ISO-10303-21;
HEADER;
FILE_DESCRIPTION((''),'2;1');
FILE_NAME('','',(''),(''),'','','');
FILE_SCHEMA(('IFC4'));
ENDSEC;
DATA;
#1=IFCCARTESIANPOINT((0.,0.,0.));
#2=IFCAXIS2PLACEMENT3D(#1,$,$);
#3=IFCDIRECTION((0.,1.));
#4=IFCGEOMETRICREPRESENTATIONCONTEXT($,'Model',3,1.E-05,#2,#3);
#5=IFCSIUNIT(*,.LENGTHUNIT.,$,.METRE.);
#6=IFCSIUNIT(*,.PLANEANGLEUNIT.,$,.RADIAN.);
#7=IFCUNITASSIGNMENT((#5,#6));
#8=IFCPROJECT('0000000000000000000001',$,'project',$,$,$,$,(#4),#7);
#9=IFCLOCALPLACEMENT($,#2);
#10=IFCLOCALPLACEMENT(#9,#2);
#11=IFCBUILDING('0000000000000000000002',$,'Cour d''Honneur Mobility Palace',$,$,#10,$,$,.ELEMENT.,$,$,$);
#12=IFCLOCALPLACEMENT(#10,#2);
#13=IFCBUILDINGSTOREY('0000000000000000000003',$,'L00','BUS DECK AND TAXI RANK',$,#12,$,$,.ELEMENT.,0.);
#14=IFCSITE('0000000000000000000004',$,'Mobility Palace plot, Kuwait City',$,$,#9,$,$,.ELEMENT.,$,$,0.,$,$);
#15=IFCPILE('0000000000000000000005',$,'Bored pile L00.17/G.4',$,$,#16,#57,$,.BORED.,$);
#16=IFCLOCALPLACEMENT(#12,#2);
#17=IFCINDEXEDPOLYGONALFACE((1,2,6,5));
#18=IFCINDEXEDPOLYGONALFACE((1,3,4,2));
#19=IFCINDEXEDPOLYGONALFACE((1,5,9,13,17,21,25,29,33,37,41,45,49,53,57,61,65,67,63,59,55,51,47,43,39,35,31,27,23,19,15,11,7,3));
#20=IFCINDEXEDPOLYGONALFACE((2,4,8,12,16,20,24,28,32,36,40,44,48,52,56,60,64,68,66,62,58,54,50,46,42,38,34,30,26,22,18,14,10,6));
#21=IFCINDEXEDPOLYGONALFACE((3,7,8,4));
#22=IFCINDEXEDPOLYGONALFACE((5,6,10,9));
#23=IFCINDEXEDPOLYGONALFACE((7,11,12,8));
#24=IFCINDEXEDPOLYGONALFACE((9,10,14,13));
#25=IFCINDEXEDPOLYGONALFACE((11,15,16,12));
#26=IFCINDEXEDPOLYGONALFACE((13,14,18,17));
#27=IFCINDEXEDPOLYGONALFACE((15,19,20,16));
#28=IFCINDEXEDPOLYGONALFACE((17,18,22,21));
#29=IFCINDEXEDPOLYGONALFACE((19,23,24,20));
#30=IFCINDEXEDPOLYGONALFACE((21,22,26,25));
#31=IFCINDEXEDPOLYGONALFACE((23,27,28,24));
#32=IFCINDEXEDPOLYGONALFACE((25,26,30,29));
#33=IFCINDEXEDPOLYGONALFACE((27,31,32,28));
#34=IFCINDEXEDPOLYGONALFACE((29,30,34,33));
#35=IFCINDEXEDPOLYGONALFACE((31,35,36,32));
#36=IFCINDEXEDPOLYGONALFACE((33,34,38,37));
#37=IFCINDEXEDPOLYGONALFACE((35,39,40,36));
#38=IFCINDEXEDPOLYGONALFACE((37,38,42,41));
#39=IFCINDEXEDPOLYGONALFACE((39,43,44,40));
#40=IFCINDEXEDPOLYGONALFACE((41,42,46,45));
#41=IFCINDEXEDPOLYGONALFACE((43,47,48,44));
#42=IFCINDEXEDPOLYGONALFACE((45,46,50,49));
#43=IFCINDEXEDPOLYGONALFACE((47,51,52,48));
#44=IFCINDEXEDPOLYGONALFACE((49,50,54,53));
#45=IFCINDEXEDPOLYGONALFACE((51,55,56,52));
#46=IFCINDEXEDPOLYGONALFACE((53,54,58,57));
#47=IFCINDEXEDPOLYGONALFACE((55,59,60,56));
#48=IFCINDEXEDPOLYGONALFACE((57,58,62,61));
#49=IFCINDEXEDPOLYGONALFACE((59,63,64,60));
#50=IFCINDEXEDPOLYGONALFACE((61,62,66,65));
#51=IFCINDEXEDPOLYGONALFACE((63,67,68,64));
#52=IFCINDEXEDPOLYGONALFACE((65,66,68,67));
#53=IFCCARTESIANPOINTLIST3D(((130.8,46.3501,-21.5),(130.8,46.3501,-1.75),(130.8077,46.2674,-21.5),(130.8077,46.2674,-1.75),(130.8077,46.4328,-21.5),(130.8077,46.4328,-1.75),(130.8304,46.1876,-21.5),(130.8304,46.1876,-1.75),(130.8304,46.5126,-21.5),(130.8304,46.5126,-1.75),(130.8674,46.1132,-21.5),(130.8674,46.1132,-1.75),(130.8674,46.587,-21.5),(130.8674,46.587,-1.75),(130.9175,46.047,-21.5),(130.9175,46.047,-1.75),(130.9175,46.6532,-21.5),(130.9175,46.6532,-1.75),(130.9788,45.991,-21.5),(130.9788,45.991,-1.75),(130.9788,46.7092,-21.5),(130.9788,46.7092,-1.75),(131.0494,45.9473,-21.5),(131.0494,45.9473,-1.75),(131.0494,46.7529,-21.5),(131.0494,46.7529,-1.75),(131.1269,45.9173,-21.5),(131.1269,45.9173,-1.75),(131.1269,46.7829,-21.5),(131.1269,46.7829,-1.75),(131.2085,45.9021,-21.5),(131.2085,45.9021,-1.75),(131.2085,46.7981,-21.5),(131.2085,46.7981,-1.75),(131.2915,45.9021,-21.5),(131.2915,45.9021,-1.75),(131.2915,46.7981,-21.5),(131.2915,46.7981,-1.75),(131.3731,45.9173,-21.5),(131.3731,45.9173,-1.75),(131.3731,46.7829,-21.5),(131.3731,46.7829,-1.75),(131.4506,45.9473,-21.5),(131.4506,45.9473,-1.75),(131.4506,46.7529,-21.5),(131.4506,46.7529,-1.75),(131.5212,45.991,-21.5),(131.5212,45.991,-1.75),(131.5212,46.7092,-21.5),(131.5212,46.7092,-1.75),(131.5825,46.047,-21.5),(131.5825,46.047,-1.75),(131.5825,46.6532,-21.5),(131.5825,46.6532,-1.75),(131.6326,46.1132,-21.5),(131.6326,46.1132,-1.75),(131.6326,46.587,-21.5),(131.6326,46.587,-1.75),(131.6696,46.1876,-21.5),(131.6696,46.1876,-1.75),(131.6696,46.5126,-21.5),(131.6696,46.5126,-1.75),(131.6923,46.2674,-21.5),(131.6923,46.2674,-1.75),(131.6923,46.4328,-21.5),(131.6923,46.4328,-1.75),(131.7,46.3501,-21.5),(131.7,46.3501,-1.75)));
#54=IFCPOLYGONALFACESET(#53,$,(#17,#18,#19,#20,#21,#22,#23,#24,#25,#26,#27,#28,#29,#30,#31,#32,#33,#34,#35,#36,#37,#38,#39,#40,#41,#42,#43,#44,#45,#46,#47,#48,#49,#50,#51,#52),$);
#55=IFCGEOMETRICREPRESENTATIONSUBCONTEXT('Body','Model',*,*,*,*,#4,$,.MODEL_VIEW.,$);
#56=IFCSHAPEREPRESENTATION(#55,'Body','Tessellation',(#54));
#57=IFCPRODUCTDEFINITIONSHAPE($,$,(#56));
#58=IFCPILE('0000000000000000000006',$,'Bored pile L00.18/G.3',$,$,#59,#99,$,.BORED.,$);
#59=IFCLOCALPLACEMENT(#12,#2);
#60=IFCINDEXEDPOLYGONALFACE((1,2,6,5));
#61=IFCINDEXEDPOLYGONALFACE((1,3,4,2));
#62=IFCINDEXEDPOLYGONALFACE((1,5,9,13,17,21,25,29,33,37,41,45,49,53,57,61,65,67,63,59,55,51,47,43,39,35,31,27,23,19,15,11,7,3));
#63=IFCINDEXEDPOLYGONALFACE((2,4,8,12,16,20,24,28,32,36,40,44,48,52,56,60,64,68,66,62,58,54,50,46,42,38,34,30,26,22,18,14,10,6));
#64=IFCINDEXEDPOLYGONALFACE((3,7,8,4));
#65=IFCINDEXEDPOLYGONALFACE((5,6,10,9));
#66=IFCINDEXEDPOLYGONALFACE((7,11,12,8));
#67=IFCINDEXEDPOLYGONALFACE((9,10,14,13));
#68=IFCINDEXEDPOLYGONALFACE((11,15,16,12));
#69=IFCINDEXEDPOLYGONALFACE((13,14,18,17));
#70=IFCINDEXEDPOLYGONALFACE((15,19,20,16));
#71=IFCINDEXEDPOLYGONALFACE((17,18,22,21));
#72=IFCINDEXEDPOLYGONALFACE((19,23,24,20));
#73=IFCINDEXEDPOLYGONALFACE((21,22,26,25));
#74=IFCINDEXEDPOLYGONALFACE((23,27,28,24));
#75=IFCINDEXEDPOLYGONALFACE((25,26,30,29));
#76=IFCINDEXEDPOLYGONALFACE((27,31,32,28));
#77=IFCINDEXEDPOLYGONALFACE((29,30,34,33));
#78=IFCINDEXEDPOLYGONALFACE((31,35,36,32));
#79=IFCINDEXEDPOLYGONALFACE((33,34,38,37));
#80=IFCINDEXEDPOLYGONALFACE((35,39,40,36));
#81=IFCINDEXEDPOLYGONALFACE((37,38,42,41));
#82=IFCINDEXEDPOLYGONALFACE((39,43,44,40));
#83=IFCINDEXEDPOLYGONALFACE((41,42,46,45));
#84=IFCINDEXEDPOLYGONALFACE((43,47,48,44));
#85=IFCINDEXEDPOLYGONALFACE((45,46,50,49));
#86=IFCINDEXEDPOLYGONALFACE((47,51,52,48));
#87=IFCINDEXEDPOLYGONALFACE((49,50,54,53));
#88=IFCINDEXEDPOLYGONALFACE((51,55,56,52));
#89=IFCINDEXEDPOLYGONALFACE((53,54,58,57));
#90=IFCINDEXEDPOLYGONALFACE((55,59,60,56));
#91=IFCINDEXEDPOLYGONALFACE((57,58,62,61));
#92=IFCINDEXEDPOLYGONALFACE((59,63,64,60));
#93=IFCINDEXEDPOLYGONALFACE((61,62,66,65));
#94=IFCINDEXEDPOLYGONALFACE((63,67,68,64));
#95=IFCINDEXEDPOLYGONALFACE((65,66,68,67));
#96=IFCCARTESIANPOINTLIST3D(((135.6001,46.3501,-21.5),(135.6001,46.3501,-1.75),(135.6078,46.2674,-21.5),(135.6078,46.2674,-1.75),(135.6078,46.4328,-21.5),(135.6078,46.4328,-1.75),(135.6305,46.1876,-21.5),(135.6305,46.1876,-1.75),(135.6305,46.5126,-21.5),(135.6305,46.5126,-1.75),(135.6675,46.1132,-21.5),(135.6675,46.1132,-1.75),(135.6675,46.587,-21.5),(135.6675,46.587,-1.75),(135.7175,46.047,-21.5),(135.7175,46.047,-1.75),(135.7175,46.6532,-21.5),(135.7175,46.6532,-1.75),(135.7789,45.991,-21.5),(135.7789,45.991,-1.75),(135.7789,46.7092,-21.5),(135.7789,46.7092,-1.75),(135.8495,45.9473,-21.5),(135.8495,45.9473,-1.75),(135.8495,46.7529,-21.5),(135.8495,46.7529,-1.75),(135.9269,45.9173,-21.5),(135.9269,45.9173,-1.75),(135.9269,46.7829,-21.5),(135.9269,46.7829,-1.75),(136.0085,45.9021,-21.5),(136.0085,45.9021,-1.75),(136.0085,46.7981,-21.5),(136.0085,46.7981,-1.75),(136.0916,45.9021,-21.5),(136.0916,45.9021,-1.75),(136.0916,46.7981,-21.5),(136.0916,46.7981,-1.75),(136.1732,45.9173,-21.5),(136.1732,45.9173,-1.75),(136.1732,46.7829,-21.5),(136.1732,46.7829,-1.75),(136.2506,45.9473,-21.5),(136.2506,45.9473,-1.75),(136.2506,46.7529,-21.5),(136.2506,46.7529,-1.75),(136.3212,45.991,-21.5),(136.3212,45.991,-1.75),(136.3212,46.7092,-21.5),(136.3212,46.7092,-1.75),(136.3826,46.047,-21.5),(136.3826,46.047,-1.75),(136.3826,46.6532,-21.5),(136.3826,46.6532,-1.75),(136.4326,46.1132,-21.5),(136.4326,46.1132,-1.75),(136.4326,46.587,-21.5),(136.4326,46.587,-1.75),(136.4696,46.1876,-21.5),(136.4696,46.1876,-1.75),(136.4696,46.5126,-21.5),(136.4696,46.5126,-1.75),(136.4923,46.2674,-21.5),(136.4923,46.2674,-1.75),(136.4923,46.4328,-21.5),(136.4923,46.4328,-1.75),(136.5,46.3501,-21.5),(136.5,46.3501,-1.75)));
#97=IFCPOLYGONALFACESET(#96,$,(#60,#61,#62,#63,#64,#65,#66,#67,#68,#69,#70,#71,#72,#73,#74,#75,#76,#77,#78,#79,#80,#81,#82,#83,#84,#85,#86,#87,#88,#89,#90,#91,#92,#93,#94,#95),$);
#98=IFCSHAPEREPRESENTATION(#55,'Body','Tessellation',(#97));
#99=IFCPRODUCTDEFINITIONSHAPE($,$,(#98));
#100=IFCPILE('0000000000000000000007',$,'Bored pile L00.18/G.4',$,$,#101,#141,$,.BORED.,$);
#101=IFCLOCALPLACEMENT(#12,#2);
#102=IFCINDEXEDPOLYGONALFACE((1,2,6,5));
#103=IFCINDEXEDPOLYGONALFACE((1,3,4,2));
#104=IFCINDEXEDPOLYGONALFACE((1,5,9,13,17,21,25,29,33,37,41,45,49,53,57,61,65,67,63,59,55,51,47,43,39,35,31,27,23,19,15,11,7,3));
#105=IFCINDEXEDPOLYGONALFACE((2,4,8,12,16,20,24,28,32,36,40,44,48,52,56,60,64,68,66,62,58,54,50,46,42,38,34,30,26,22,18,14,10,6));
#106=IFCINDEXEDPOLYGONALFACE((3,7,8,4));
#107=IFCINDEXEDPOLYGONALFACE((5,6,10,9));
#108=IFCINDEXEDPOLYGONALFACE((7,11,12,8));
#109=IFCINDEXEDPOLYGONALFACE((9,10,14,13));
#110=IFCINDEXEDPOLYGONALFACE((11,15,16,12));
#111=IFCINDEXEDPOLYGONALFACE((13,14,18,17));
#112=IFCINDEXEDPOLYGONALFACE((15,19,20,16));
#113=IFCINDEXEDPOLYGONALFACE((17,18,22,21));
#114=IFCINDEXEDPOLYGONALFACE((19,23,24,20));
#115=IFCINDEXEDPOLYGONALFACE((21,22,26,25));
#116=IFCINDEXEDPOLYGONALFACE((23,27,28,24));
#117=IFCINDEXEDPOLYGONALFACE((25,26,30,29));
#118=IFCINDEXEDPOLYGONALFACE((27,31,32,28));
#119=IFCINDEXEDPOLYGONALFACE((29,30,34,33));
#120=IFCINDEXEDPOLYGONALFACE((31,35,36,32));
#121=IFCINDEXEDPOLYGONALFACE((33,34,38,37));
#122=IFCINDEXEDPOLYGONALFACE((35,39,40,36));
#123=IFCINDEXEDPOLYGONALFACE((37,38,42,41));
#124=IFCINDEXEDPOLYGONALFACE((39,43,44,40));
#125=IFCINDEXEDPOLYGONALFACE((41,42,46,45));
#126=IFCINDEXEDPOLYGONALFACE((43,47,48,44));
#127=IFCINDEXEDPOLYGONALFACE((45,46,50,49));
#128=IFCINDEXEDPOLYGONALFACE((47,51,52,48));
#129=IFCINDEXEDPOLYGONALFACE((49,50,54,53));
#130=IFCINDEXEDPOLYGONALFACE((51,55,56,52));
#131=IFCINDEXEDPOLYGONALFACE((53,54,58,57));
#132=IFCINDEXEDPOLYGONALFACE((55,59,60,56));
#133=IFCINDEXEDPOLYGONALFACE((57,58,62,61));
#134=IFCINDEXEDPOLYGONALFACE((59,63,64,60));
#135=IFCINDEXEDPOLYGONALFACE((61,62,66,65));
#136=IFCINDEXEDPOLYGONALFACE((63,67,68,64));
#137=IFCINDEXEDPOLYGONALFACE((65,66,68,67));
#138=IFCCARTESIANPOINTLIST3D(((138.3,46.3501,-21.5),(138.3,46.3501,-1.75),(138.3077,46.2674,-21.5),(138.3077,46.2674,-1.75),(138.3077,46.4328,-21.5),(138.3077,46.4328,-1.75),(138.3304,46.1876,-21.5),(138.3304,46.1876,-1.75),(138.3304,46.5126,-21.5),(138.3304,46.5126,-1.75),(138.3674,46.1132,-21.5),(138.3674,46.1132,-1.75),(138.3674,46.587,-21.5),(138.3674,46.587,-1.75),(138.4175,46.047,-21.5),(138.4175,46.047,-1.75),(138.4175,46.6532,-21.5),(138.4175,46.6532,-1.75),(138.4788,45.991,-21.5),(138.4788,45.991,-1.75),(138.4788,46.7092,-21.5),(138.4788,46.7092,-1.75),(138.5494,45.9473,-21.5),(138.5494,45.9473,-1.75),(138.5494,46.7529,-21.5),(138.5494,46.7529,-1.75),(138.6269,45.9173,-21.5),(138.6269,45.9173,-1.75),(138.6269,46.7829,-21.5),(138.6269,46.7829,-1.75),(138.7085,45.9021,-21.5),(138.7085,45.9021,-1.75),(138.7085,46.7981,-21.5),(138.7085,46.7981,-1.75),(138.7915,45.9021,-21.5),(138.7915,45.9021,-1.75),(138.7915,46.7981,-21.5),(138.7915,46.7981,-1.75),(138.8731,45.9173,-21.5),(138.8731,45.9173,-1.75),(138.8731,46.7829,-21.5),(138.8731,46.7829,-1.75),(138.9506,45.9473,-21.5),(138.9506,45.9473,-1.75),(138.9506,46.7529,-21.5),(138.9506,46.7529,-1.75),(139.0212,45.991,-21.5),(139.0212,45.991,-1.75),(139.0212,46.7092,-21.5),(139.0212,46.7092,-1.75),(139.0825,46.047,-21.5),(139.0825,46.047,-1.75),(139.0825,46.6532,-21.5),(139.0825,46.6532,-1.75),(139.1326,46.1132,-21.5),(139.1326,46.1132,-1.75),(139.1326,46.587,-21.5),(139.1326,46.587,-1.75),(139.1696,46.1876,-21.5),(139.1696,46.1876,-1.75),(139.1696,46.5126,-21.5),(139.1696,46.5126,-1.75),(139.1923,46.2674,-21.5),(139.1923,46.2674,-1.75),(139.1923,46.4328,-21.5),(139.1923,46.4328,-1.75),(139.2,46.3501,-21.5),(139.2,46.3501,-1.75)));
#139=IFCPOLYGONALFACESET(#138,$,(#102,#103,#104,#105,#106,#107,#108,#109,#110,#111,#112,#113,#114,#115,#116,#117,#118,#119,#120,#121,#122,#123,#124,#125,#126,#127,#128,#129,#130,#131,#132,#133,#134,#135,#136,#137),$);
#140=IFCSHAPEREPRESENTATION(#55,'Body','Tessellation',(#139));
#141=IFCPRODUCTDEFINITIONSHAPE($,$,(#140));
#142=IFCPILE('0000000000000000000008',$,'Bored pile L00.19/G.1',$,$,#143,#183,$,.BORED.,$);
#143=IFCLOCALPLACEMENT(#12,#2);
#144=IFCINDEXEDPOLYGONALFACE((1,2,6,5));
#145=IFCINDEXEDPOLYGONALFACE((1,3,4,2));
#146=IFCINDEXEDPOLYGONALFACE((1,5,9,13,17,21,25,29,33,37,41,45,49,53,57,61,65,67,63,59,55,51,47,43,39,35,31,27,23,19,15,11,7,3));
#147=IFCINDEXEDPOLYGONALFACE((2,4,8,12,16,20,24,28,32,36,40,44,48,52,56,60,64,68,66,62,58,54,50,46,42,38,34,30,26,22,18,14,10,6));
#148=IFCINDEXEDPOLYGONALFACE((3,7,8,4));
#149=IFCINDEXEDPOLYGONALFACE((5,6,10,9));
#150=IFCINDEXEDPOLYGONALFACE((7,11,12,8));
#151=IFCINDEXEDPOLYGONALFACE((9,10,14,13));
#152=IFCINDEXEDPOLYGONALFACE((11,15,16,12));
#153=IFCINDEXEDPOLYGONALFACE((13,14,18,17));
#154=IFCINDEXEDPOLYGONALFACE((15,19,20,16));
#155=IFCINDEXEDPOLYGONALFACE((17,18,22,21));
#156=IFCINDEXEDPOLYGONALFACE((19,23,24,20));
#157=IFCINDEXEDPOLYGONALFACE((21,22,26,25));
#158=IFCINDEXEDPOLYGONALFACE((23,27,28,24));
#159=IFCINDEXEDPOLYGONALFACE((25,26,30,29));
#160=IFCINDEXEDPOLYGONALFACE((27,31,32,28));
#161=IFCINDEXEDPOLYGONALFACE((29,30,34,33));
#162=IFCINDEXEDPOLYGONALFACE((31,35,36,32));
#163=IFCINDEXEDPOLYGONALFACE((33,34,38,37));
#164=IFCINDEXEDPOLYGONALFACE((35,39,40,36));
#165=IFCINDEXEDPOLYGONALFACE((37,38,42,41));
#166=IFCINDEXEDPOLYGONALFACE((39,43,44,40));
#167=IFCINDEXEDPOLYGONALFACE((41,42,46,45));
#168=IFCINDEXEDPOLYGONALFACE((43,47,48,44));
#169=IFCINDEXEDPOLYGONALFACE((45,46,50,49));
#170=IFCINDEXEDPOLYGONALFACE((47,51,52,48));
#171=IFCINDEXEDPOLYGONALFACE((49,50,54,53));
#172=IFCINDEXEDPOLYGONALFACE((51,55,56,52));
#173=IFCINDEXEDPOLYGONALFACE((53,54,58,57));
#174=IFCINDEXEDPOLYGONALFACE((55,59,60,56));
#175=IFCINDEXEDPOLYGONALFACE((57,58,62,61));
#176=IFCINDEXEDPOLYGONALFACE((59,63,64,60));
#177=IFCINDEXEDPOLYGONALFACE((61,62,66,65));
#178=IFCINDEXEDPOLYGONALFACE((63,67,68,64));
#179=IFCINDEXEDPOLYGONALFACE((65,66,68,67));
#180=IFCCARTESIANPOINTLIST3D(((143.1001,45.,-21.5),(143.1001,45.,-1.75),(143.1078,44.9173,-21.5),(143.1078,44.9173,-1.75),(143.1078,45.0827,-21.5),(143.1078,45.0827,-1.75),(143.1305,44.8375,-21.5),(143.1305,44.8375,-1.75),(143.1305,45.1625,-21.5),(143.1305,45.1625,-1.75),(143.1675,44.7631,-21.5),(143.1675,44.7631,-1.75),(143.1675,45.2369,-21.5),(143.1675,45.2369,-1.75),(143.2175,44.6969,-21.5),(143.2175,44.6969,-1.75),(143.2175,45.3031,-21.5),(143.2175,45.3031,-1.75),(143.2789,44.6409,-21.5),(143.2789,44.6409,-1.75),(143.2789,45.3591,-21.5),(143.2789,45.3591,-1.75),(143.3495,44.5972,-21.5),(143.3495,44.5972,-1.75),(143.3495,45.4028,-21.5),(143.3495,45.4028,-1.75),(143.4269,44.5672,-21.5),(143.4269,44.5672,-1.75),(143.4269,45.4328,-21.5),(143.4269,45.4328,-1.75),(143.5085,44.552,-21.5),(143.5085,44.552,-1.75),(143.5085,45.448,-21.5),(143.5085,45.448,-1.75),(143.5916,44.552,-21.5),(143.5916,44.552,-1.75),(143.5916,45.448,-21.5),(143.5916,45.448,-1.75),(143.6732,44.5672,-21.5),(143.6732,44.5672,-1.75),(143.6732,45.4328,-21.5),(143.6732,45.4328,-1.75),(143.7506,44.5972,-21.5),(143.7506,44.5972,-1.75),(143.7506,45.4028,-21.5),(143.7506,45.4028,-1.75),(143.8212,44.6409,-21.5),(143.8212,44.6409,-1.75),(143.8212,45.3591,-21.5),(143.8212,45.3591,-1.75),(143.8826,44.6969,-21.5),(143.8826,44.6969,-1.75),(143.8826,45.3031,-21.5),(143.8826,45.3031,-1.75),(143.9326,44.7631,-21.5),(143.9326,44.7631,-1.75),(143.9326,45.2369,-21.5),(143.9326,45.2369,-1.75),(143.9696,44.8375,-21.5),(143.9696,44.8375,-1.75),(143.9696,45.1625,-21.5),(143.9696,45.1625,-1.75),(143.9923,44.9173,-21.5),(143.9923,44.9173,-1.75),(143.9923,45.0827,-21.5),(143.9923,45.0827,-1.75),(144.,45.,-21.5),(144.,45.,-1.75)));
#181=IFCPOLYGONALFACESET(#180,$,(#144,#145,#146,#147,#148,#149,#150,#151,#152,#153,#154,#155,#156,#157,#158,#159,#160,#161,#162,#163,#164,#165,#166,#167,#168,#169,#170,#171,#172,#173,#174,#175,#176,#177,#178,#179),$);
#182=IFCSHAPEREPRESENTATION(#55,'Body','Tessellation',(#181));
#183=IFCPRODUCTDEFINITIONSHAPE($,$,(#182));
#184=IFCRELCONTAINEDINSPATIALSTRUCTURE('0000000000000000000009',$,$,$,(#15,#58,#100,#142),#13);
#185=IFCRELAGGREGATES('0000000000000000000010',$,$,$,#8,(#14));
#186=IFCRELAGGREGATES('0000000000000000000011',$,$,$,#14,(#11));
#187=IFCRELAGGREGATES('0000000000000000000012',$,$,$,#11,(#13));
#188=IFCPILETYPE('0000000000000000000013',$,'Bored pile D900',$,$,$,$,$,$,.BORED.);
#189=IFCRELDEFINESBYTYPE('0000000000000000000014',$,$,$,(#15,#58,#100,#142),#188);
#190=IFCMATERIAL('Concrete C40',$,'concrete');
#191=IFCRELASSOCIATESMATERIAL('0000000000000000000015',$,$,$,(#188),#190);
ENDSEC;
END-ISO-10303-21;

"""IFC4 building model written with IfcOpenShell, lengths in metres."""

from ifc_helpers import new_model, si_unit, direction, frame, origin, origin_2d, place, context, subcontext, project, spatial, circle, extrude, material, material_profile, profile_set, type_object, element, save


model = new_model("IFC4")

# Units and contexts
model_context = context("Model", 3, precision=1e-05, world=origin(), true_north=direction((0.0, 1.0)))
body_context = subcontext(model_context, "Body", "Model", "MODEL_VIEW")
ifc_project = project(units=[si_unit("LENGTHUNIT", "METRE"), si_unit("PLANEANGLEUNIT", "RADIAN")], contexts=[model_context])

# Site, building, storey
site_placement = place(None, origin())
site = spatial("IfcSite", under=ifc_project, at=site_placement, Name="Mobility Palace plot, Kuwait City", CompositionType="ELEMENT", RefElevation=0.0)
building_placement = place(site_placement, origin())
building = spatial("IfcBuilding", under=site, at=building_placement, Name="Cour d'Honneur Mobility Palace", CompositionType="ELEMENT")
storey_placement = place(building_placement, origin())
storey = spatial("IfcBuildingStorey", under=building, at=storey_placement, Name="L00", Description="BUS DECK AND TAXI RANK", CompositionType="ELEMENT", Elevation=0.0)

# Piles
ifc_material_1 = material(Name="Concrete C40", Category="concrete")
ifc_material_profile_1 = material_profile(ifc_material_1, circle(Radius=0.45, at=origin_2d()), Name="Bored pile D900")
ifc_profile_set_1 = profile_set([ifc_material_profile_1], Name="Concrete C40")
pile_type = type_object("IfcPileType", Name="Bored pile D900", PredefinedType="BORED", material=ifc_profile_set_1)
for number, where, z_axis, x_axis, name in (
    (1, (131.25, 46.3501, -1.75), (0.0, 0.0, -1.0), (1.0, 0.0, 0.0), "Bored pile L00.17/G.4"),
    (2, (136.05, 46.3501, -1.75), (0.0, 0.0, -1.0), (1.0, 0.0, 0.0), "Bored pile L00.18/G.3"),
    (3, (138.75, 46.3501, -1.75), (0.0, 0.0, -1.0), (1.0, 0.0, 0.0), "Bored pile L00.18/G.4"),
    (4, (143.55, 45.0, -1.75), (0.0, 0.0, -1.0), (1.0, 0.0, 0.0), "Bored pile L00.19/G.1"),
):
    element("IfcPile", number, at=place(storey_placement, frame(where, z_axis=z_axis, x_axis=x_axis)), inside=storey, type_object=pile_type, Name=name, PredefinedType="BORED", context=body_context, shape_type="SweptSolid", body=[
        extrude(circle(Radius=0.45, at=origin_2d()), origin(), (0.0, 0.0, 1.0), 19.75),
    ])

save(model, "model.ifc")
